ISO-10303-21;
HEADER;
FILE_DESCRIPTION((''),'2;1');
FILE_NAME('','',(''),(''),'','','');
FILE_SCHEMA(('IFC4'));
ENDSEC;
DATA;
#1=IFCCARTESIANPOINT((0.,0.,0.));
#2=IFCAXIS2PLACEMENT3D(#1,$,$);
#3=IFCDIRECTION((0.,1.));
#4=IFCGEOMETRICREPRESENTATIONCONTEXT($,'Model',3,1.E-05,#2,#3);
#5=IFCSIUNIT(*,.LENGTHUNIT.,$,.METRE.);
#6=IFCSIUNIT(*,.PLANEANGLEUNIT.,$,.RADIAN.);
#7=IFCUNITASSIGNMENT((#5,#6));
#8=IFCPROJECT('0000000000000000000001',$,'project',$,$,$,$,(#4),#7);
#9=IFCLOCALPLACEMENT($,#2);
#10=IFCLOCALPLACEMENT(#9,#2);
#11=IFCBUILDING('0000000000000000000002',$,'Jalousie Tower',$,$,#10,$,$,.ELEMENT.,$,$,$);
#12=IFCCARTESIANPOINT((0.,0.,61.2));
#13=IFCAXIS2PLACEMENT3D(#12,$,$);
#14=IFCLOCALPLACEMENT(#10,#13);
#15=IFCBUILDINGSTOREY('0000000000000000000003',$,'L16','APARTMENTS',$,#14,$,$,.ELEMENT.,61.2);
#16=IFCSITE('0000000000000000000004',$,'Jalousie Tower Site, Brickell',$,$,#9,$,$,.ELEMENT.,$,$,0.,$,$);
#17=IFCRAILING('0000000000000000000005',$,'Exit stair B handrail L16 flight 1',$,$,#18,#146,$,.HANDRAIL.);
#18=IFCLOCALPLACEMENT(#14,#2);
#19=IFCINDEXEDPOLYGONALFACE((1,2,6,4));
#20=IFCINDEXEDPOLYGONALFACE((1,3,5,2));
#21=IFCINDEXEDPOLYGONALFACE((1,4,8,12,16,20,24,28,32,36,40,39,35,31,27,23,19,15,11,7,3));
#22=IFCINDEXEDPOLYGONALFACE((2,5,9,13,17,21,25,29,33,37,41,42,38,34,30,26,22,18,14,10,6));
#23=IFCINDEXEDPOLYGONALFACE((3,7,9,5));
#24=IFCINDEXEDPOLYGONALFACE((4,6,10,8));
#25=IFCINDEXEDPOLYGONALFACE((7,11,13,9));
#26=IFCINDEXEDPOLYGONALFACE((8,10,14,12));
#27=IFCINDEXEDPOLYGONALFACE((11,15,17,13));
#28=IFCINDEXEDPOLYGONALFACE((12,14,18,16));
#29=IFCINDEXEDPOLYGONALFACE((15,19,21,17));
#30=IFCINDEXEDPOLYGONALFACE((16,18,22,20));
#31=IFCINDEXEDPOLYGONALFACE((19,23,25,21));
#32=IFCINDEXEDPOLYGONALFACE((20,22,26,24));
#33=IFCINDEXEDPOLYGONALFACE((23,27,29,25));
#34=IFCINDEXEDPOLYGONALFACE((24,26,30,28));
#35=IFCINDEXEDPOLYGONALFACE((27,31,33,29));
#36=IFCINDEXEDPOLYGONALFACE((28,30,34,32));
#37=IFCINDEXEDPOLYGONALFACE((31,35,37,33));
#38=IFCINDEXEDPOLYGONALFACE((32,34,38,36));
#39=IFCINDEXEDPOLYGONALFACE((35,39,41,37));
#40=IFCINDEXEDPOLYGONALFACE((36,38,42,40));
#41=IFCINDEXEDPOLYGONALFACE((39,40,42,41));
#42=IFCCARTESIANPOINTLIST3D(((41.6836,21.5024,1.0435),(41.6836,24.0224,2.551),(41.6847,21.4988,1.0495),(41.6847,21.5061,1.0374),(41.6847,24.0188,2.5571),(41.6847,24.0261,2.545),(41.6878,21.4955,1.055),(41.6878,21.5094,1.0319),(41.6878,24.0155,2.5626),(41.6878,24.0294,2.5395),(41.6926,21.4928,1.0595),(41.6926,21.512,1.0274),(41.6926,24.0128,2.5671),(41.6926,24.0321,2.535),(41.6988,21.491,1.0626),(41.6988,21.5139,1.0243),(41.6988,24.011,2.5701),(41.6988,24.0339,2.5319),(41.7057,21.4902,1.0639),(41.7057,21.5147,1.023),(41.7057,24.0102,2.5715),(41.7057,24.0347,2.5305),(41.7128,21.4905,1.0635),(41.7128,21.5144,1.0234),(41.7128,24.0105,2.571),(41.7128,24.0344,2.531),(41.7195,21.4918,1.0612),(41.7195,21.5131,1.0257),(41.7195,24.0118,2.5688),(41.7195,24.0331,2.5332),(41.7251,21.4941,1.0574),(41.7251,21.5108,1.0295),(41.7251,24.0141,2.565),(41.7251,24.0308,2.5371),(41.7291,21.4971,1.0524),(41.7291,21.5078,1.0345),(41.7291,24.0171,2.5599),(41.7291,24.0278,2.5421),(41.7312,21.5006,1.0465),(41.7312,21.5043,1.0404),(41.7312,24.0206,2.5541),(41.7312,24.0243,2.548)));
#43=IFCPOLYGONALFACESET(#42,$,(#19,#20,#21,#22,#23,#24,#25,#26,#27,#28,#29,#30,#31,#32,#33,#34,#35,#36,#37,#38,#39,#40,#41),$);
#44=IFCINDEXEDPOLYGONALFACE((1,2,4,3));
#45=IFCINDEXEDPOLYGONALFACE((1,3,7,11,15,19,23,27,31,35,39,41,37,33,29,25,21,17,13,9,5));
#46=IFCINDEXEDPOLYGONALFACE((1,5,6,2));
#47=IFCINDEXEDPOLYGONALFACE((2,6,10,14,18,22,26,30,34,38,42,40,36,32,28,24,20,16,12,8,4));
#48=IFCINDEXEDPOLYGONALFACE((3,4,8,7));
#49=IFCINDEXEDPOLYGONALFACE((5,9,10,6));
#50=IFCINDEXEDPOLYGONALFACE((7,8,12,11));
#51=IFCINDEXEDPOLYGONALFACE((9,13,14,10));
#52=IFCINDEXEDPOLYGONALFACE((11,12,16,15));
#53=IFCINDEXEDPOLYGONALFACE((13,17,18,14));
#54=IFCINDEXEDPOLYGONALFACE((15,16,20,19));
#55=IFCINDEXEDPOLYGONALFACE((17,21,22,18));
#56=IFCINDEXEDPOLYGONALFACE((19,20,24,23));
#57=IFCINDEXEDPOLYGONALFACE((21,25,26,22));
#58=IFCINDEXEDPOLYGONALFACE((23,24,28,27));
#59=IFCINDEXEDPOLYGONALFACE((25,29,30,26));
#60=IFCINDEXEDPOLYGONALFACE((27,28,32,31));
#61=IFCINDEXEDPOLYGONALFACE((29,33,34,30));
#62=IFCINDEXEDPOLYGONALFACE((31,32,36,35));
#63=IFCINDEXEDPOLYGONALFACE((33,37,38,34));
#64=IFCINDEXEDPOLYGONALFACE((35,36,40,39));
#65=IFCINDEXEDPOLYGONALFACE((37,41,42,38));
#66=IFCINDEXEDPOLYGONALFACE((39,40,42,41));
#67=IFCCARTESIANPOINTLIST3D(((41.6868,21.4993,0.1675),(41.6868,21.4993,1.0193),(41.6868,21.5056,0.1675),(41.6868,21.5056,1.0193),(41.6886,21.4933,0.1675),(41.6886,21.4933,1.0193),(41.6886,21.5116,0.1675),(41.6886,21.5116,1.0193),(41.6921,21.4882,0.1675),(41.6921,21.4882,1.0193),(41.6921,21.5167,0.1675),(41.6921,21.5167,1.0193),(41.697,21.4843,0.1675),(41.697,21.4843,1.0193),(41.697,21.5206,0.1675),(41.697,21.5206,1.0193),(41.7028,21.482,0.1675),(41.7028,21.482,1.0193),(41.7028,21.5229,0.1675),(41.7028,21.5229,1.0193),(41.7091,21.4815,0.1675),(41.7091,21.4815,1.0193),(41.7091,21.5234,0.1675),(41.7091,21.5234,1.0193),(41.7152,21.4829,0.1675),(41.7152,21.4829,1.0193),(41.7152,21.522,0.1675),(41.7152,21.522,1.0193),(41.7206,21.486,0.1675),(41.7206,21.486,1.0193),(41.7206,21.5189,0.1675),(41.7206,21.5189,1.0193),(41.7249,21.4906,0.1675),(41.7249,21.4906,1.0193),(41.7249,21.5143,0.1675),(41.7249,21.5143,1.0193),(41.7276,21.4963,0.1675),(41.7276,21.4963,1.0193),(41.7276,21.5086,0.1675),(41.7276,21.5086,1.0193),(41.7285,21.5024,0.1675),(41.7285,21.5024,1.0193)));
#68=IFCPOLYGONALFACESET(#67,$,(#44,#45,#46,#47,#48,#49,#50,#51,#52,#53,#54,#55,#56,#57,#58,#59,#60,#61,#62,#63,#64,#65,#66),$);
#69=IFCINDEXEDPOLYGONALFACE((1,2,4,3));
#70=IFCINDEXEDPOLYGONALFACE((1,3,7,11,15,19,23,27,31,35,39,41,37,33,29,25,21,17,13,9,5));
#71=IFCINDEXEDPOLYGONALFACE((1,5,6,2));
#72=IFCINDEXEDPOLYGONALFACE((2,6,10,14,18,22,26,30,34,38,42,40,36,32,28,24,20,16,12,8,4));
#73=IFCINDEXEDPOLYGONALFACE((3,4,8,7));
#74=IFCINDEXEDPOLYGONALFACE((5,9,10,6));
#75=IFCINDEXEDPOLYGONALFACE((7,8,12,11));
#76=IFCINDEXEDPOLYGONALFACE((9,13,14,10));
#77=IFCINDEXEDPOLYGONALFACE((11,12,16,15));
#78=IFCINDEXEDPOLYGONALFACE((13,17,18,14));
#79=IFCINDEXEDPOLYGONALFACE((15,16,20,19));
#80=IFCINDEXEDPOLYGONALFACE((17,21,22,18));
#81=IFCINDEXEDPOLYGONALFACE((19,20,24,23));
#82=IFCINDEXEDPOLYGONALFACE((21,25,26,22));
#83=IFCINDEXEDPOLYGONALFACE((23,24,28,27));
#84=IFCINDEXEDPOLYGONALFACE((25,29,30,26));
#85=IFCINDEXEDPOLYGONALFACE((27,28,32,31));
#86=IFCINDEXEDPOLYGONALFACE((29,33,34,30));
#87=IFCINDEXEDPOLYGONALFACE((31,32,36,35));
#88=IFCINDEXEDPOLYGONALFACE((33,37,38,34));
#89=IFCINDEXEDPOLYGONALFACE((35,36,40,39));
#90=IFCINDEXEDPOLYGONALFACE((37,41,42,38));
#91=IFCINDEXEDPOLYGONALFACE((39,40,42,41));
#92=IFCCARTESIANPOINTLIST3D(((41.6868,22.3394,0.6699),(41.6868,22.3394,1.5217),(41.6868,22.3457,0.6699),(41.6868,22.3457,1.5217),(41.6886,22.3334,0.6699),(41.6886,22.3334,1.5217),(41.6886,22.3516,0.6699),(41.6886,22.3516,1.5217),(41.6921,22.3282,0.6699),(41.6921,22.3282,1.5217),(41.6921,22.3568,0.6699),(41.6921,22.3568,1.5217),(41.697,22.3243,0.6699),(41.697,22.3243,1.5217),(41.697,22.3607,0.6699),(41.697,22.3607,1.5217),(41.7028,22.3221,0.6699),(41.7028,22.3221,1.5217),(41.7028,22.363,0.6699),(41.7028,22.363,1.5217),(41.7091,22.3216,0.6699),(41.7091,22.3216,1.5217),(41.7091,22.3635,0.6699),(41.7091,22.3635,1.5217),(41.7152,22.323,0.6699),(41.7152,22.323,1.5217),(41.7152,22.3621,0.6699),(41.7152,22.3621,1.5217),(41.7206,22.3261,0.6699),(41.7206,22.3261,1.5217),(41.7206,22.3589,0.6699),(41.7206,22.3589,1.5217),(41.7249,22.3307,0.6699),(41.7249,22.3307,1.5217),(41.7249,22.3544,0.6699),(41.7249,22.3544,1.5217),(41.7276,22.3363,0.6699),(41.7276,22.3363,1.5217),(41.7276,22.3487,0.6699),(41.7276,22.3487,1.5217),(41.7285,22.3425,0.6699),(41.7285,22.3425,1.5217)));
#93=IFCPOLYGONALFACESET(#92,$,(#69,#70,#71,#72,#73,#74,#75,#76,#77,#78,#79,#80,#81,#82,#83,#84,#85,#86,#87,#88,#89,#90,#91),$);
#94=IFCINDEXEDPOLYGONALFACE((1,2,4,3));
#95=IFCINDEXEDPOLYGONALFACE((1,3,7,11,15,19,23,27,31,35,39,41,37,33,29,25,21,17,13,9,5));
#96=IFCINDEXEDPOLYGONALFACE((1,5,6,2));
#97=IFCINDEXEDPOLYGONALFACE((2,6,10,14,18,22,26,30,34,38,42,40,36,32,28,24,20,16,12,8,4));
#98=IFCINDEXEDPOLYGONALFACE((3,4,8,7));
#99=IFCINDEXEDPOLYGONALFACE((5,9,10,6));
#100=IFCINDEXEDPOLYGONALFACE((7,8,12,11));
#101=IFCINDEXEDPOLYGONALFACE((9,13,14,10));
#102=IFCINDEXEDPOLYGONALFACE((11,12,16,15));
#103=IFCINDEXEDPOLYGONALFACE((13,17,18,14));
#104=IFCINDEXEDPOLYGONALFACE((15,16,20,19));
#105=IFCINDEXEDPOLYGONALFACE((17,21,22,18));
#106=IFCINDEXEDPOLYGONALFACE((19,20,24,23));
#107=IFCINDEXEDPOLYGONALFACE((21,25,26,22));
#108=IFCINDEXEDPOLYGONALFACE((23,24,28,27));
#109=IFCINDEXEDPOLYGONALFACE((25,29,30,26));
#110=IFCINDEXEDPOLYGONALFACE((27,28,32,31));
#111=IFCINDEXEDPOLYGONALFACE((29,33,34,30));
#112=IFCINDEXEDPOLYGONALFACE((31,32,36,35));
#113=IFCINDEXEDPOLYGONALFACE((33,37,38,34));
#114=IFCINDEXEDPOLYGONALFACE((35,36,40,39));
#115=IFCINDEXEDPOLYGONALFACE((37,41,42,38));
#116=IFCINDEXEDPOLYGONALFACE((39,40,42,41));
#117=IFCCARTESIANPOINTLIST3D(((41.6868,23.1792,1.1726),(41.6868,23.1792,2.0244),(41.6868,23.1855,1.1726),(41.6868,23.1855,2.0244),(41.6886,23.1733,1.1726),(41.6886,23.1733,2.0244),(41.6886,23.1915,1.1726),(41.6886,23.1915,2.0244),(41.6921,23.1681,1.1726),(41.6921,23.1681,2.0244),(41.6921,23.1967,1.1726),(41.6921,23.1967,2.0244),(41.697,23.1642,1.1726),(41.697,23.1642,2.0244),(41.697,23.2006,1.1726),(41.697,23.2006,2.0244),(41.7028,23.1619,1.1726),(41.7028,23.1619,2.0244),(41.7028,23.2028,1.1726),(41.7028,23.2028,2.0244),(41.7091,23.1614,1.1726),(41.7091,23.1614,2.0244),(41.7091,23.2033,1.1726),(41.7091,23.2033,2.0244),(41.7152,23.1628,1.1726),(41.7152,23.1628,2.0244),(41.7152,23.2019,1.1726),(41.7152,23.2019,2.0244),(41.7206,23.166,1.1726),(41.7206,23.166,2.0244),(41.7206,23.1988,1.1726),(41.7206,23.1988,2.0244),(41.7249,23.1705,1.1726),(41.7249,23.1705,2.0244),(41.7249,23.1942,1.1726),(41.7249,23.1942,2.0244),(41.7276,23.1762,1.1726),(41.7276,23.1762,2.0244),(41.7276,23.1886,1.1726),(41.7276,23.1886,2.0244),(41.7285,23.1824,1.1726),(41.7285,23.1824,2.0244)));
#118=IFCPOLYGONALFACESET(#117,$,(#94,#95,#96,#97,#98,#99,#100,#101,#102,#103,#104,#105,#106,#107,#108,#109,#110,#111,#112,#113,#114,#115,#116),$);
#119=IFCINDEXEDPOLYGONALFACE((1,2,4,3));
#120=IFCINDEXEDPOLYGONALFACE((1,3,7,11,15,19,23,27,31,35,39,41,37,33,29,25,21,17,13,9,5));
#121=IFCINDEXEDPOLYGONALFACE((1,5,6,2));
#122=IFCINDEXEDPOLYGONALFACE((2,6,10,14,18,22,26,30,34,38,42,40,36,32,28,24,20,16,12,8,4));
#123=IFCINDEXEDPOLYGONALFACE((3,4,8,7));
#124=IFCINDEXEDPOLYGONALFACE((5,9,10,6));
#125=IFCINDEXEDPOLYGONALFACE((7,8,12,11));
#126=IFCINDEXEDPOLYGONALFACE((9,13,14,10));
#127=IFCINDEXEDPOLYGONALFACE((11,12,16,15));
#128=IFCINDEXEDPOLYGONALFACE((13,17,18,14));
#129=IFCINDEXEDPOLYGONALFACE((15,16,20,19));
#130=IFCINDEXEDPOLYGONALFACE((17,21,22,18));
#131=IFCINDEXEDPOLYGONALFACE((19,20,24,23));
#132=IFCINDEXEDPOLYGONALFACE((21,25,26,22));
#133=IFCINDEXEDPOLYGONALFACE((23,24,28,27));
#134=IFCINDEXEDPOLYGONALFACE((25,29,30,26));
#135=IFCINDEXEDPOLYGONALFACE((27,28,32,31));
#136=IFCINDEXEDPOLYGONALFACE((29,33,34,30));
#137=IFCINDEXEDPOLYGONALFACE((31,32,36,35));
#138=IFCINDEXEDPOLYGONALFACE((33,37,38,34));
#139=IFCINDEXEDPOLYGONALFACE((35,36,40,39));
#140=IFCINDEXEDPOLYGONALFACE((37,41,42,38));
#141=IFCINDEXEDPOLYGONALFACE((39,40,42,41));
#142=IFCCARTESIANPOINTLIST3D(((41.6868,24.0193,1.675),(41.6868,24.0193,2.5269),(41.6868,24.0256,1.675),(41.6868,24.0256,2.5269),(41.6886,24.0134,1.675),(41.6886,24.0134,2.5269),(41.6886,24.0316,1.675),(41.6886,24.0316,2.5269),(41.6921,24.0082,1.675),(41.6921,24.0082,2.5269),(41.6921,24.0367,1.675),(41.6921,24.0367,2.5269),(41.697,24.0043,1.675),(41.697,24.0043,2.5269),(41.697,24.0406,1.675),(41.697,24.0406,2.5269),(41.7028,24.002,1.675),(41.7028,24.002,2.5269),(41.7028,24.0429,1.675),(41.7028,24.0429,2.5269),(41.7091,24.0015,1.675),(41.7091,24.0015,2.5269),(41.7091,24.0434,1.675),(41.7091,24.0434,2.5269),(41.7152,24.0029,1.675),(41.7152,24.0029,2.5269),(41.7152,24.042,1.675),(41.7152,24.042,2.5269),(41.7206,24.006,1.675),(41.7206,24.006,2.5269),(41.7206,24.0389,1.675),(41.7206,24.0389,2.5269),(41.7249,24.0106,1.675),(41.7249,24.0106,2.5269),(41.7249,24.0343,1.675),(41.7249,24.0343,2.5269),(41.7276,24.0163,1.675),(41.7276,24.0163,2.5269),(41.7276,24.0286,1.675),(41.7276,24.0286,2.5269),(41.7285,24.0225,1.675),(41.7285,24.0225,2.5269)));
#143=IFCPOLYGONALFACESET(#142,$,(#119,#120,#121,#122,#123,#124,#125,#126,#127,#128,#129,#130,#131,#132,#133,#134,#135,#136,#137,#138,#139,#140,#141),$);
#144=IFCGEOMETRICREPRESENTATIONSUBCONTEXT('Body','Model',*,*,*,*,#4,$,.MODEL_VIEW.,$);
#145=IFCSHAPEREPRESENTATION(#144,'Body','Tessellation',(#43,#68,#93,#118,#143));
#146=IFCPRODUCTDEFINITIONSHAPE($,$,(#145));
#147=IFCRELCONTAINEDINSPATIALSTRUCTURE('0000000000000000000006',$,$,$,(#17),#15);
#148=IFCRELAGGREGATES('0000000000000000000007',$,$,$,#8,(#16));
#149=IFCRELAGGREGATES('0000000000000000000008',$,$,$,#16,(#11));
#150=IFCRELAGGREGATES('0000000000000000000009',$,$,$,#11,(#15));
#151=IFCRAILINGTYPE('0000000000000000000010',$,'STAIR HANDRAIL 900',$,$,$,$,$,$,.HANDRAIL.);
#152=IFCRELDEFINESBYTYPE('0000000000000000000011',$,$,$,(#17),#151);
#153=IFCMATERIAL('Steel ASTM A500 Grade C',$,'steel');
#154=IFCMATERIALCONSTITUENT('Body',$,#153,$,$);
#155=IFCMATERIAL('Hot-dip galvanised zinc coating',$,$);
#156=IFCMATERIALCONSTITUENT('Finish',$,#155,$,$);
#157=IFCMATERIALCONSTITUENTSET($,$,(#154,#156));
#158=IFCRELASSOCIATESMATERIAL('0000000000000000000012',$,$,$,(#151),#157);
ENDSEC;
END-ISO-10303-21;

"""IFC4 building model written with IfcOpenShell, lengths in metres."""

from ifc_helpers import new_model, si_unit, direction, frame, origin, origin_2d, place, context, subcontext, project, spatial, circle, extrude, material, constituent, constituent_set, type_object, element, save


model = new_model("IFC4")

# Units and contexts
model_context = context("Model", 3, precision=1e-05, world=origin(), true_north=direction((0.0, 1.0)))
body_context = subcontext(model_context, "Body", "Model", "MODEL_VIEW")
ifc_project = project(units=[si_unit("LENGTHUNIT", "METRE"), si_unit("PLANEANGLEUNIT", "RADIAN")], contexts=[model_context])

# Site, building, storey
site_placement = place(None, origin())
site = spatial("IfcSite", under=ifc_project, at=site_placement, Name="Jalousie Tower Site, Brickell", CompositionType="ELEMENT", RefElevation=0.0)
building_placement = place(site_placement, origin())
building = spatial("IfcBuilding", under=site, at=building_placement, Name="Jalousie Tower", CompositionType="ELEMENT")
storey_placement = place(building_placement, frame((0.0, 0.0, 61.2)))
storey = spatial("IfcBuildingStorey", under=building, at=storey_placement, Name="L16", Description="APARTMENTS", CompositionType="ELEMENT", Elevation=61.2)

# Railing
ifc_material_1 = material(Name="Steel ASTM A500 Grade C", Category="steel")
ifc_constituent_1 = constituent(ifc_material_1, Name="Body")
ifc_material_2 = material(Name="Hot-dip galvanised zinc coating")
ifc_constituent_2 = constituent(ifc_material_2, Name="Finish")
ifc_constituent_set_1 = constituent_set(constituents=[ifc_constituent_1, ifc_constituent_2])
railing_type_1 = type_object("IfcRailingType", Name="STAIR HANDRAIL 900", PredefinedType="HANDRAIL", material=ifc_constituent_set_1)
railing_1_placement = place(storey_placement, frame((41.7075, 21.5024, 0.1675)))
element("IfcRailing", 1, at=railing_1_placement, inside=storey, type_object=railing_type_1, Name="Exit stair B handrail L16 flight 1", PredefinedType="HANDRAIL", context=body_context, shape_type="SweptSolid", body=[
    extrude(circle(Radius=0.0239, at=origin_2d()), frame((0.0, 0.0, 0.876), z_axis=(0.0, 0.85816, 0.513383), x_axis=(-1.0, 0.0, 0.0)), (0.0, 0.0, 1.0), 2.9365),
    extrude(circle(Radius=0.021, at=origin_2d()), origin(), (0.0, 0.0, 1.0), 0.8518),
    extrude(circle(Radius=0.021, at=origin_2d()), frame((0.0, 0.8401, 0.5024)), (0.0, 0.0, 1.0), 0.8518),
    extrude(circle(Radius=0.021, at=origin_2d()), frame((0.0, 1.6799, 1.0051)), (0.0, 0.0, 1.0), 0.8518),
    extrude(circle(Radius=0.021, at=origin_2d()), frame((0.0, 2.52, 1.5076)), (0.0, 0.0, 1.0), 0.8518),
])

save(model, "model.ifc")
